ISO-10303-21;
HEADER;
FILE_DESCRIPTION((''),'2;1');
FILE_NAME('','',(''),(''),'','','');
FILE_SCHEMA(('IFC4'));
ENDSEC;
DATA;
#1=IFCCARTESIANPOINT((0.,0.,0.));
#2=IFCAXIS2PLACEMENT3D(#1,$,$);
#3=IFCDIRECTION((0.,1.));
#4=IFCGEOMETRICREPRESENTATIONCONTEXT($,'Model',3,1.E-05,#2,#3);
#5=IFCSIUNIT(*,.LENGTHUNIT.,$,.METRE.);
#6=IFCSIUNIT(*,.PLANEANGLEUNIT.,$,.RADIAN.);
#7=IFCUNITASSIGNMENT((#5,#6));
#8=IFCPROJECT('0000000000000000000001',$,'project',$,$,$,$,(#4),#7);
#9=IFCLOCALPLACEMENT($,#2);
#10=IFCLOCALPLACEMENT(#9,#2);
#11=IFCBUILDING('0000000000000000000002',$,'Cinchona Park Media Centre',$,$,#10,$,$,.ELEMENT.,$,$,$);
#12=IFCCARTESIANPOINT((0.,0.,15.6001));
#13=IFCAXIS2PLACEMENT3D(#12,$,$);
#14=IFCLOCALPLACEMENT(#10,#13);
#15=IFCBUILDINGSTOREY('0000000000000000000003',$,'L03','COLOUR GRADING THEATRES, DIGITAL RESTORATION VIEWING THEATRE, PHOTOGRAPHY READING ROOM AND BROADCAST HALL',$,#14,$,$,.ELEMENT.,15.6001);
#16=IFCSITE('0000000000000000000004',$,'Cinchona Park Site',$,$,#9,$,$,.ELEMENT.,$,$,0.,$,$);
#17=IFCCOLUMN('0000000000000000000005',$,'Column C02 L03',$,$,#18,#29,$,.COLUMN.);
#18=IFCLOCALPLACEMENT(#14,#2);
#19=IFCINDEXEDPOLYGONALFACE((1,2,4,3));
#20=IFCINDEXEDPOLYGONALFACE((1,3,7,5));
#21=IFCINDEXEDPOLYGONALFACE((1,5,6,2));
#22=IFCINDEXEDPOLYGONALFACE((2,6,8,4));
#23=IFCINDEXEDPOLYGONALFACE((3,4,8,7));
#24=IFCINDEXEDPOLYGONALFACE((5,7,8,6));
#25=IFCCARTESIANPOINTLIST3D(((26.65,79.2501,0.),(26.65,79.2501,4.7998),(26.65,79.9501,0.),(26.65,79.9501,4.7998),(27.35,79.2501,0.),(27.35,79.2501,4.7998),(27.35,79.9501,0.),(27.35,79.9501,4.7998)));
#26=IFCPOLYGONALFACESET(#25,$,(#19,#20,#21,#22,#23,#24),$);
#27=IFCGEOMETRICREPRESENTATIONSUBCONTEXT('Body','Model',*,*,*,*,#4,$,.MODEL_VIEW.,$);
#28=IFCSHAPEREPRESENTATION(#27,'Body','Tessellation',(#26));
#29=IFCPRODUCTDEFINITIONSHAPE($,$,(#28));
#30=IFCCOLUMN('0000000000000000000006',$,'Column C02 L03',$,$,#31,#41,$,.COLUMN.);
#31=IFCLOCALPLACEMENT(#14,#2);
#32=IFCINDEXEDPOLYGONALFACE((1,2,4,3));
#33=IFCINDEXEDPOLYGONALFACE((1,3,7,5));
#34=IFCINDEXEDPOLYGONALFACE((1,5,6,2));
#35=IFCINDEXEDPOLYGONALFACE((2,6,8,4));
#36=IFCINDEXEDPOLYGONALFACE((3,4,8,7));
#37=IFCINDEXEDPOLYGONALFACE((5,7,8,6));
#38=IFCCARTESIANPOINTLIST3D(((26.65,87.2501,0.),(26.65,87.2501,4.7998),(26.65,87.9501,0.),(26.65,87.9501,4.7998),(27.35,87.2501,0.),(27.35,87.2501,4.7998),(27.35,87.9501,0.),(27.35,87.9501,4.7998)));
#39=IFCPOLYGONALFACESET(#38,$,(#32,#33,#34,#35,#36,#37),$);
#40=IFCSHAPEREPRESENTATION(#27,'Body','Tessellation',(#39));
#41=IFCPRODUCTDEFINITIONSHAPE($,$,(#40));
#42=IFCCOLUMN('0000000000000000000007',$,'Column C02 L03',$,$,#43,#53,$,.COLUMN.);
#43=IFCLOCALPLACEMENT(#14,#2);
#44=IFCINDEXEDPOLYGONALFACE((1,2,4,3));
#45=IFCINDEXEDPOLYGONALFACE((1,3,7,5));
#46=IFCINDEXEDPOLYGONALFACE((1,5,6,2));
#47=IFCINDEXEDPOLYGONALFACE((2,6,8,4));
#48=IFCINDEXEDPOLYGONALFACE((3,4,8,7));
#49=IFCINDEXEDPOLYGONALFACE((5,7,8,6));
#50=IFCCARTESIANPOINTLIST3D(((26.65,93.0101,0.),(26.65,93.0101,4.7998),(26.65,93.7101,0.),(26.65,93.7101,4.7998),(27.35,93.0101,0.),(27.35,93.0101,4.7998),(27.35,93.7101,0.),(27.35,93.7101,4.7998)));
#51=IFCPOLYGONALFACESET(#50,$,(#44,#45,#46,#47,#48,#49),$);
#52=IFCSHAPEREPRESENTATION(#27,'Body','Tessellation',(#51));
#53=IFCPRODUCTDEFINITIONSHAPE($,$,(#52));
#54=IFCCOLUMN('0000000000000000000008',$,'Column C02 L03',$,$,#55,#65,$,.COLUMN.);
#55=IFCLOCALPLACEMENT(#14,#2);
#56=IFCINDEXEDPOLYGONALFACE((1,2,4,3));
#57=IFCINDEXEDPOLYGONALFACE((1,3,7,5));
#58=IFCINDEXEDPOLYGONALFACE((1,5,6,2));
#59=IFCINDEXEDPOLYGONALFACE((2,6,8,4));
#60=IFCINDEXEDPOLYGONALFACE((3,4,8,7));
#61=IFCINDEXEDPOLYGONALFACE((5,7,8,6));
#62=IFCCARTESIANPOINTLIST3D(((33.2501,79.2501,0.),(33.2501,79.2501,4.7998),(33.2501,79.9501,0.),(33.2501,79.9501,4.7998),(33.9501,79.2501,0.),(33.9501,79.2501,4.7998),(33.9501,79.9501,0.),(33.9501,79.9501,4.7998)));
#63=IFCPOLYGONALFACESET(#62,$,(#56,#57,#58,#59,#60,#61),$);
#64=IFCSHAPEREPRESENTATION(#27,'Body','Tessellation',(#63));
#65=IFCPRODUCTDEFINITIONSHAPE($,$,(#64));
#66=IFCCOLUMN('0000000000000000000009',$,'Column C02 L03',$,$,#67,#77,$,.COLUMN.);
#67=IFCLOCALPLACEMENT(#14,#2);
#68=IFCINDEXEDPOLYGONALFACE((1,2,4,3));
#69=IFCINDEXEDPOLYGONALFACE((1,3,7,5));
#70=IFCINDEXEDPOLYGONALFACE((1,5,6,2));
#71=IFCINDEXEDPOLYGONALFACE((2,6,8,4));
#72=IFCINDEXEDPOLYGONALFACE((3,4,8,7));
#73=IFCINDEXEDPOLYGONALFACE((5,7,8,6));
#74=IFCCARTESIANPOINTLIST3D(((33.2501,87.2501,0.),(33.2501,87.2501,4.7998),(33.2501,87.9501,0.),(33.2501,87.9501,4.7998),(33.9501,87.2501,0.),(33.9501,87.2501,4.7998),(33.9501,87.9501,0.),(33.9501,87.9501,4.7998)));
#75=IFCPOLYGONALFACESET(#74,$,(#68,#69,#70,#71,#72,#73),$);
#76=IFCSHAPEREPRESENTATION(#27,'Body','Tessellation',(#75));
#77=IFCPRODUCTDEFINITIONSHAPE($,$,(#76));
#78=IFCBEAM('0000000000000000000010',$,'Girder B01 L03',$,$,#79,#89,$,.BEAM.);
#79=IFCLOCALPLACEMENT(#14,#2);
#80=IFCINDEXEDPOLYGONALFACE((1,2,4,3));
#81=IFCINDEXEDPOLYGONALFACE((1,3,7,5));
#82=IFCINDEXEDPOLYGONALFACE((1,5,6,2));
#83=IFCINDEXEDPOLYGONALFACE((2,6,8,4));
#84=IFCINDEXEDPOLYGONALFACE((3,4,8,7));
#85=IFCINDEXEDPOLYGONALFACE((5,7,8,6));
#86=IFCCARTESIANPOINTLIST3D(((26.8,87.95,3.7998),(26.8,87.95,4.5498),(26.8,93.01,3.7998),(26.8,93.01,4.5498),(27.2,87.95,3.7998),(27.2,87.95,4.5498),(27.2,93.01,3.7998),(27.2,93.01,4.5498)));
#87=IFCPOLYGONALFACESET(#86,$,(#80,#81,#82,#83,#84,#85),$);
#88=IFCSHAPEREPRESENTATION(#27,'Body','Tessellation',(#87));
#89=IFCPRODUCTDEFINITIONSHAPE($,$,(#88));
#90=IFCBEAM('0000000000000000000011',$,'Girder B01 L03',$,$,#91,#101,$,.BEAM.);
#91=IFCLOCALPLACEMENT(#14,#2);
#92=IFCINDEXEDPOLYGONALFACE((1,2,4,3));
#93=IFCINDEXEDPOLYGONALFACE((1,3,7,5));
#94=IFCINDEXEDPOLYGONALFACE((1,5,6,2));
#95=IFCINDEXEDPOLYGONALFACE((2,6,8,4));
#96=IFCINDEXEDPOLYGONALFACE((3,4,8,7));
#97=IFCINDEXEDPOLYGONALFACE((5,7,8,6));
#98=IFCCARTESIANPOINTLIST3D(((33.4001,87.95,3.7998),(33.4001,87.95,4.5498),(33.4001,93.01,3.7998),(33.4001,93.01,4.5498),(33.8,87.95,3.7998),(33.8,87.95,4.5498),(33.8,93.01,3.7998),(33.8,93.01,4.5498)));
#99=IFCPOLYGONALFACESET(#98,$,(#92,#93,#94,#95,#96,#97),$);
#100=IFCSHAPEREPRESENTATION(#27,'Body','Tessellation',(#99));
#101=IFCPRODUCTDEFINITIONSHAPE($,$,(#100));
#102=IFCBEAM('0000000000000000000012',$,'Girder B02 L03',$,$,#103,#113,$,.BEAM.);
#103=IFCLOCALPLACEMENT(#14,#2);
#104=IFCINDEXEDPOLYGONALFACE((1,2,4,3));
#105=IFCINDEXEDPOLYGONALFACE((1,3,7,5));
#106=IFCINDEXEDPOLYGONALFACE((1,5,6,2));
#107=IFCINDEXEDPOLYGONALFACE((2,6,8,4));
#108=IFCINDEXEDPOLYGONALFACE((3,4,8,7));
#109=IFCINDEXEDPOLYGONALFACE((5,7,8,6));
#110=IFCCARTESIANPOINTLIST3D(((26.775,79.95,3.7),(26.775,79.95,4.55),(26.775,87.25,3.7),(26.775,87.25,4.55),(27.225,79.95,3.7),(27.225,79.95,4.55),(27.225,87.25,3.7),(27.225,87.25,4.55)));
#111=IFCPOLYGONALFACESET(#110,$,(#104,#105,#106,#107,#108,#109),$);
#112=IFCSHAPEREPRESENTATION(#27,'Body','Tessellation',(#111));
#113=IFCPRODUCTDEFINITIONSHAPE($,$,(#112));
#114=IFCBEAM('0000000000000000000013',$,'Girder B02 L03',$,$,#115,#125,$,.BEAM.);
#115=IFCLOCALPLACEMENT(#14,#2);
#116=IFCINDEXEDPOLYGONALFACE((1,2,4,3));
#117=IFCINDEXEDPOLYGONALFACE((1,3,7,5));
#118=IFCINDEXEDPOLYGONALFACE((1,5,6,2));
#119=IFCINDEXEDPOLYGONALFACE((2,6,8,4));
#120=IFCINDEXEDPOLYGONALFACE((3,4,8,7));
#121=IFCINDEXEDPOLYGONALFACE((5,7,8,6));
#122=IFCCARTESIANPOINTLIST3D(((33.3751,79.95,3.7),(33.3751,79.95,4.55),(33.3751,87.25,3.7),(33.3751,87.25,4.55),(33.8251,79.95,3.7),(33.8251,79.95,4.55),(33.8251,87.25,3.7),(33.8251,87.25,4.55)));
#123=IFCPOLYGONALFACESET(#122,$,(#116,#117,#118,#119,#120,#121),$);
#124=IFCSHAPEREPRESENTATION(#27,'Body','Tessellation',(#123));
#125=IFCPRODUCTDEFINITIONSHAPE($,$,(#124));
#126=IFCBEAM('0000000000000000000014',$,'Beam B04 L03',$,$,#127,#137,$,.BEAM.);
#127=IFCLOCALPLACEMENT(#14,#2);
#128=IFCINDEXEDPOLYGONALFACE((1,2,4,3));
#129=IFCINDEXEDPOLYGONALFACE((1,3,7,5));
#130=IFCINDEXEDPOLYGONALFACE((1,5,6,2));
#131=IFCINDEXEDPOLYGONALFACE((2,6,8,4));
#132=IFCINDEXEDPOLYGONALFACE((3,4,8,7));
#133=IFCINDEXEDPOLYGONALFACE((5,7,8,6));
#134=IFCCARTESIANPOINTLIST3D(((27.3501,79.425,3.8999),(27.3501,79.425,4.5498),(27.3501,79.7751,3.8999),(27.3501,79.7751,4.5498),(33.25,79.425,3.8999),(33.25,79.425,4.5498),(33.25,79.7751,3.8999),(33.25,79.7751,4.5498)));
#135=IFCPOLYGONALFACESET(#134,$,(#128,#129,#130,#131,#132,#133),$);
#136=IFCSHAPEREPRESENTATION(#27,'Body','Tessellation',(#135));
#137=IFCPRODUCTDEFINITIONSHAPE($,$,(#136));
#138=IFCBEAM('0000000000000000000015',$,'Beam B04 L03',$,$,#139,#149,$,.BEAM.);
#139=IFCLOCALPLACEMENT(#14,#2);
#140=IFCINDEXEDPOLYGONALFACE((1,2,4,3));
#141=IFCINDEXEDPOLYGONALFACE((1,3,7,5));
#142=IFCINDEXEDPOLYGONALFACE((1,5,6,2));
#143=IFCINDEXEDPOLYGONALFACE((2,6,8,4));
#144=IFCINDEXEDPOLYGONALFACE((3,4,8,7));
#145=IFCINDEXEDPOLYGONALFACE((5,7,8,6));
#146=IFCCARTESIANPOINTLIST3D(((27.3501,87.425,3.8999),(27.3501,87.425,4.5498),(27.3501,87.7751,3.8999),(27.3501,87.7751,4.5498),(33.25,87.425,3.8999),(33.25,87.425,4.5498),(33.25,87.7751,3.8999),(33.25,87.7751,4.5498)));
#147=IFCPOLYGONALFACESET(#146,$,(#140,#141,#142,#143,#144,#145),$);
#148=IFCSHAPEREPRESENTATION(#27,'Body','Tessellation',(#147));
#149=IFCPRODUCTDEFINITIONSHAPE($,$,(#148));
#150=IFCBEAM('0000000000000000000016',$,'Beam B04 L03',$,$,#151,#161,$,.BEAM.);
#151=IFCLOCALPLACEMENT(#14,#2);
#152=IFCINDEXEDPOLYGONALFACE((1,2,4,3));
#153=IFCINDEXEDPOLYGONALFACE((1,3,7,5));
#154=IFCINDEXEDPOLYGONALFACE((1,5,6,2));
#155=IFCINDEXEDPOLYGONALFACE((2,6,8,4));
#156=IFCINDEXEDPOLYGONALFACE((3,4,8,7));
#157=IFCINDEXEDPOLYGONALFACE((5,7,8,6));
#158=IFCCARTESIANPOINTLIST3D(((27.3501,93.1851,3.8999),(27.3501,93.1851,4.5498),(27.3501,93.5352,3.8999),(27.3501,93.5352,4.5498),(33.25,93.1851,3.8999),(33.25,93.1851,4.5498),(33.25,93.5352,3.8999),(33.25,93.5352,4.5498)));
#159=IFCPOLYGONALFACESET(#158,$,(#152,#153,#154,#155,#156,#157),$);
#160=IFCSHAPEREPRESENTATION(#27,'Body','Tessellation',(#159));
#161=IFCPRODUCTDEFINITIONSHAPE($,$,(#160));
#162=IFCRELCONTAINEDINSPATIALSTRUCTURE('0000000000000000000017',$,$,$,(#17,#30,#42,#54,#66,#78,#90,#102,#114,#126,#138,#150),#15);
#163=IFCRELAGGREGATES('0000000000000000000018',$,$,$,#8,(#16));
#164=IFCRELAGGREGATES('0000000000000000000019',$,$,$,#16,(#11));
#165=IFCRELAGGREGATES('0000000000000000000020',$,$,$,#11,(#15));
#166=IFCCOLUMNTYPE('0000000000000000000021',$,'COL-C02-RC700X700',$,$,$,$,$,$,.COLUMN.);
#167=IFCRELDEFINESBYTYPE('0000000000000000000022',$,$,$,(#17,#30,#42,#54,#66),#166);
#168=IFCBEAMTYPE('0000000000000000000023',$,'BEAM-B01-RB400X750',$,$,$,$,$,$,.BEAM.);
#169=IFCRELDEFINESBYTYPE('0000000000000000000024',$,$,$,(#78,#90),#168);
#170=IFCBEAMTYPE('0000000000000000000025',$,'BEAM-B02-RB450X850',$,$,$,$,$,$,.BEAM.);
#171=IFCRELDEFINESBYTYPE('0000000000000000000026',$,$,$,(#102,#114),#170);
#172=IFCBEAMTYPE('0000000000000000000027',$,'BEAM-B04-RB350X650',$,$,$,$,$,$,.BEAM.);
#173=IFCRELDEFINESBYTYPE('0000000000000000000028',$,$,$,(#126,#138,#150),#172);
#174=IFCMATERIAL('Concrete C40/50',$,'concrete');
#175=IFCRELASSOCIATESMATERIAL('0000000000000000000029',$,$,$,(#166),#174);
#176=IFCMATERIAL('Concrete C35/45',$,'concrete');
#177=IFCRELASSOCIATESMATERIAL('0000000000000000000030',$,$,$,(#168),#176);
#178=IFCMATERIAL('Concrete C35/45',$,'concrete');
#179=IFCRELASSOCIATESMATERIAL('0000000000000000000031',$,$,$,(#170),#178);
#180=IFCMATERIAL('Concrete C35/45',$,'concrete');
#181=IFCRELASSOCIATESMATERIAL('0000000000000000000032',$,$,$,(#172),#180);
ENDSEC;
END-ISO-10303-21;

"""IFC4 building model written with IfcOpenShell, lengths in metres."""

from ifc_helpers import new_model, si_unit, direction, frame, origin, origin_2d, place, context, subcontext, project, spatial, rectangle, extrude, material, material_profile, profile_set, type_object, element, save


model = new_model("IFC4")

# Units and contexts
model_context = context("Model", 3, precision=1e-05, world=origin(), true_north=direction((0.0, 1.0)))
body_context = subcontext(model_context, "Body", "Model", "MODEL_VIEW")
ifc_project = project(units=[si_unit("LENGTHUNIT", "METRE"), si_unit("PLANEANGLEUNIT", "RADIAN")], contexts=[model_context])

# Site, building, storey
site_placement = place(None, origin())
site = spatial("IfcSite", under=ifc_project, at=site_placement, Name="Cinchona Park Site", CompositionType="ELEMENT", RefElevation=0.0)
building_placement = place(site_placement, origin())
building = spatial("IfcBuilding", under=site, at=building_placement, Name="Cinchona Park Media Centre", CompositionType="ELEMENT")
storey_placement = place(building_placement, frame((0.0, 0.0, 15.6001)))
storey = spatial("IfcBuildingStorey", under=building, at=storey_placement, Name="L03", Description="COLOUR GRADING THEATRES, DIGITAL RESTORATION VIEWING THEATRE, PHOTOGRAPHY READING ROOM AND BROADCAST HALL", CompositionType="ELEMENT", Elevation=15.6001)

# Columns
ifc_material_1 = material(Name="Concrete C40/50", Category="concrete")
ifc_material_profile_1 = material_profile(ifc_material_1, rectangle(XDim=0.7, YDim=0.7, at=origin_2d()), Name="RC 700X700")
ifc_profile_set_1 = profile_set([ifc_material_profile_1], Name="Concrete C40/50")
column_type = type_object("IfcColumnType", Name="COL-C02-RC700X700", PredefinedType="COLUMN", material=ifc_profile_set_1)
for number, where, z_axis, x_axis, name in (
    (1, (27.0, 79.6001, 0.0), (0.0, 0.0, 1.0), (1.0, 0.0, 0.0), "Column C02 L03"),
    (2, (27.0, 87.6001, 0.0), (0.0, 0.0, 1.0), (1.0, 0.0, 0.0), "Column C02 L03"),
    (3, (27.0, 93.3601, 0.0), (0.0, 0.0, 1.0), (1.0, 0.0, 0.0), "Column C02 L03"),
    (4, (33.6001, 79.6001, 0.0), (0.0, 0.0, 1.0), (1.0, 0.0, 0.0), "Column C02 L03"),
    (5, (33.6001, 87.6001, 0.0), (0.0, 0.0, 1.0), (1.0, 0.0, 0.0), "Column C02 L03"),
):
    element("IfcColumn", number, at=place(storey_placement, frame(where, z_axis=z_axis, x_axis=x_axis)), inside=storey, type_object=column_type, Name=name, PredefinedType="COLUMN", context=body_context, shape_type="SweptSolid", body=[
        extrude(rectangle(XDim=0.7, YDim=0.7, at=origin_2d()), origin(), (0.0, 0.0, 1.0), 4.7998),
    ])

# Beams
ifc_material_2 = material(Name="Concrete C35/45", Category="concrete")
ifc_material_profile_2 = material_profile(ifc_material_2, rectangle(XDim=0.3999, YDim=0.75, at=origin_2d()), Name="RB 400X750")
ifc_profile_set_2 = profile_set([ifc_material_profile_2], Name="Concrete C35/45")
beam_type_1 = type_object("IfcBeamType", Name="BEAM-B01-RB400X750", PredefinedType="BEAM", material=ifc_profile_set_2)
for number, where, z_axis, x_axis, name in (
    (6, (27.0, 87.95, 4.1748), (0.0, 1.0, 0.0), (-1.0, 0.0, 0.0), "Girder B01 L03"),
    (7, (33.6001, 87.95, 4.1748), (0.0, 1.0, 0.0), (-1.0, 0.0, 0.0), "Girder B01 L03"),
):
    element("IfcBeam", number, at=place(storey_placement, frame(where, z_axis=z_axis, x_axis=x_axis)), inside=storey, type_object=beam_type_1, Name=name, PredefinedType="BEAM", context=body_context, shape_type="SweptSolid", body=[
        extrude(rectangle(XDim=0.3999, YDim=0.75, at=origin_2d()), origin(), (0.0, 0.0, 1.0), 5.0601),
    ])
ifc_material_3 = material(Name="Concrete C35/45", Category="concrete")
ifc_material_profile_3 = material_profile(ifc_material_3, rectangle(XDim=0.45, YDim=0.8501, at=origin_2d()), Name="RB 450X850")
ifc_profile_set_3 = profile_set([ifc_material_profile_3], Name="Concrete C35/45")
beam_type_2 = type_object("IfcBeamType", Name="BEAM-B02-RB450X850", PredefinedType="BEAM", material=ifc_profile_set_3)
for number, where, z_axis, x_axis, name in (
    (8, (27.0, 79.95, 4.125), (0.0, 1.0, 0.0), (-1.0, 0.0, 0.0), "Girder B02 L03"),
    (9, (33.6001, 79.95, 4.125), (0.0, 1.0, 0.0), (-1.0, 0.0, 0.0), "Girder B02 L03"),
):
    element("IfcBeam", number, at=place(storey_placement, frame(where, z_axis=z_axis, x_axis=x_axis)), inside=storey, type_object=beam_type_2, Name=name, PredefinedType="BEAM", context=body_context, shape_type="SweptSolid", body=[
        extrude(rectangle(XDim=0.45, YDim=0.8501, at=origin_2d()), origin(), (0.0, 0.0, 1.0), 7.3),
    ])
ifc_material_4 = material(Name="Concrete C35/45", Category="concrete")
ifc_material_profile_4 = material_profile(ifc_material_4, rectangle(XDim=0.3501, YDim=0.6499, at=origin_2d()), Name="RB 350X650")
ifc_profile_set_4 = profile_set([ifc_material_profile_4], Name="Concrete C35/45")
beam_type_3 = type_object("IfcBeamType", Name="BEAM-B04-RB350X650", PredefinedType="BEAM", material=ifc_profile_set_4)
for number, where, z_axis, x_axis, name in (
    (10, (27.3501, 79.6001, 4.2249), (1.0, 0.0, 0.0), (0.0, 1.0, 0.0), "Beam B04 L03"),
    (11, (27.3501, 87.6001, 4.2249), (1.0, 0.0, 0.0), (0.0, 1.0, 0.0), "Beam B04 L03"),
    (12, (27.3501, 93.3601, 4.2249), (1.0, 0.0, 0.0), (0.0, 1.0, 0.0), "Beam B04 L03"),
):
    element("IfcBeam", number, at=place(storey_placement, frame(where, z_axis=z_axis, x_axis=x_axis)), inside=storey, type_object=beam_type_3, Name=name, PredefinedType="BEAM", context=body_context, shape_type="SweptSolid", body=[
        extrude(rectangle(XDim=0.3501, YDim=0.6499, at=origin_2d()), origin(), (0.0, 0.0, 1.0), 5.8999),
    ])

save(model, "model.ifc")
